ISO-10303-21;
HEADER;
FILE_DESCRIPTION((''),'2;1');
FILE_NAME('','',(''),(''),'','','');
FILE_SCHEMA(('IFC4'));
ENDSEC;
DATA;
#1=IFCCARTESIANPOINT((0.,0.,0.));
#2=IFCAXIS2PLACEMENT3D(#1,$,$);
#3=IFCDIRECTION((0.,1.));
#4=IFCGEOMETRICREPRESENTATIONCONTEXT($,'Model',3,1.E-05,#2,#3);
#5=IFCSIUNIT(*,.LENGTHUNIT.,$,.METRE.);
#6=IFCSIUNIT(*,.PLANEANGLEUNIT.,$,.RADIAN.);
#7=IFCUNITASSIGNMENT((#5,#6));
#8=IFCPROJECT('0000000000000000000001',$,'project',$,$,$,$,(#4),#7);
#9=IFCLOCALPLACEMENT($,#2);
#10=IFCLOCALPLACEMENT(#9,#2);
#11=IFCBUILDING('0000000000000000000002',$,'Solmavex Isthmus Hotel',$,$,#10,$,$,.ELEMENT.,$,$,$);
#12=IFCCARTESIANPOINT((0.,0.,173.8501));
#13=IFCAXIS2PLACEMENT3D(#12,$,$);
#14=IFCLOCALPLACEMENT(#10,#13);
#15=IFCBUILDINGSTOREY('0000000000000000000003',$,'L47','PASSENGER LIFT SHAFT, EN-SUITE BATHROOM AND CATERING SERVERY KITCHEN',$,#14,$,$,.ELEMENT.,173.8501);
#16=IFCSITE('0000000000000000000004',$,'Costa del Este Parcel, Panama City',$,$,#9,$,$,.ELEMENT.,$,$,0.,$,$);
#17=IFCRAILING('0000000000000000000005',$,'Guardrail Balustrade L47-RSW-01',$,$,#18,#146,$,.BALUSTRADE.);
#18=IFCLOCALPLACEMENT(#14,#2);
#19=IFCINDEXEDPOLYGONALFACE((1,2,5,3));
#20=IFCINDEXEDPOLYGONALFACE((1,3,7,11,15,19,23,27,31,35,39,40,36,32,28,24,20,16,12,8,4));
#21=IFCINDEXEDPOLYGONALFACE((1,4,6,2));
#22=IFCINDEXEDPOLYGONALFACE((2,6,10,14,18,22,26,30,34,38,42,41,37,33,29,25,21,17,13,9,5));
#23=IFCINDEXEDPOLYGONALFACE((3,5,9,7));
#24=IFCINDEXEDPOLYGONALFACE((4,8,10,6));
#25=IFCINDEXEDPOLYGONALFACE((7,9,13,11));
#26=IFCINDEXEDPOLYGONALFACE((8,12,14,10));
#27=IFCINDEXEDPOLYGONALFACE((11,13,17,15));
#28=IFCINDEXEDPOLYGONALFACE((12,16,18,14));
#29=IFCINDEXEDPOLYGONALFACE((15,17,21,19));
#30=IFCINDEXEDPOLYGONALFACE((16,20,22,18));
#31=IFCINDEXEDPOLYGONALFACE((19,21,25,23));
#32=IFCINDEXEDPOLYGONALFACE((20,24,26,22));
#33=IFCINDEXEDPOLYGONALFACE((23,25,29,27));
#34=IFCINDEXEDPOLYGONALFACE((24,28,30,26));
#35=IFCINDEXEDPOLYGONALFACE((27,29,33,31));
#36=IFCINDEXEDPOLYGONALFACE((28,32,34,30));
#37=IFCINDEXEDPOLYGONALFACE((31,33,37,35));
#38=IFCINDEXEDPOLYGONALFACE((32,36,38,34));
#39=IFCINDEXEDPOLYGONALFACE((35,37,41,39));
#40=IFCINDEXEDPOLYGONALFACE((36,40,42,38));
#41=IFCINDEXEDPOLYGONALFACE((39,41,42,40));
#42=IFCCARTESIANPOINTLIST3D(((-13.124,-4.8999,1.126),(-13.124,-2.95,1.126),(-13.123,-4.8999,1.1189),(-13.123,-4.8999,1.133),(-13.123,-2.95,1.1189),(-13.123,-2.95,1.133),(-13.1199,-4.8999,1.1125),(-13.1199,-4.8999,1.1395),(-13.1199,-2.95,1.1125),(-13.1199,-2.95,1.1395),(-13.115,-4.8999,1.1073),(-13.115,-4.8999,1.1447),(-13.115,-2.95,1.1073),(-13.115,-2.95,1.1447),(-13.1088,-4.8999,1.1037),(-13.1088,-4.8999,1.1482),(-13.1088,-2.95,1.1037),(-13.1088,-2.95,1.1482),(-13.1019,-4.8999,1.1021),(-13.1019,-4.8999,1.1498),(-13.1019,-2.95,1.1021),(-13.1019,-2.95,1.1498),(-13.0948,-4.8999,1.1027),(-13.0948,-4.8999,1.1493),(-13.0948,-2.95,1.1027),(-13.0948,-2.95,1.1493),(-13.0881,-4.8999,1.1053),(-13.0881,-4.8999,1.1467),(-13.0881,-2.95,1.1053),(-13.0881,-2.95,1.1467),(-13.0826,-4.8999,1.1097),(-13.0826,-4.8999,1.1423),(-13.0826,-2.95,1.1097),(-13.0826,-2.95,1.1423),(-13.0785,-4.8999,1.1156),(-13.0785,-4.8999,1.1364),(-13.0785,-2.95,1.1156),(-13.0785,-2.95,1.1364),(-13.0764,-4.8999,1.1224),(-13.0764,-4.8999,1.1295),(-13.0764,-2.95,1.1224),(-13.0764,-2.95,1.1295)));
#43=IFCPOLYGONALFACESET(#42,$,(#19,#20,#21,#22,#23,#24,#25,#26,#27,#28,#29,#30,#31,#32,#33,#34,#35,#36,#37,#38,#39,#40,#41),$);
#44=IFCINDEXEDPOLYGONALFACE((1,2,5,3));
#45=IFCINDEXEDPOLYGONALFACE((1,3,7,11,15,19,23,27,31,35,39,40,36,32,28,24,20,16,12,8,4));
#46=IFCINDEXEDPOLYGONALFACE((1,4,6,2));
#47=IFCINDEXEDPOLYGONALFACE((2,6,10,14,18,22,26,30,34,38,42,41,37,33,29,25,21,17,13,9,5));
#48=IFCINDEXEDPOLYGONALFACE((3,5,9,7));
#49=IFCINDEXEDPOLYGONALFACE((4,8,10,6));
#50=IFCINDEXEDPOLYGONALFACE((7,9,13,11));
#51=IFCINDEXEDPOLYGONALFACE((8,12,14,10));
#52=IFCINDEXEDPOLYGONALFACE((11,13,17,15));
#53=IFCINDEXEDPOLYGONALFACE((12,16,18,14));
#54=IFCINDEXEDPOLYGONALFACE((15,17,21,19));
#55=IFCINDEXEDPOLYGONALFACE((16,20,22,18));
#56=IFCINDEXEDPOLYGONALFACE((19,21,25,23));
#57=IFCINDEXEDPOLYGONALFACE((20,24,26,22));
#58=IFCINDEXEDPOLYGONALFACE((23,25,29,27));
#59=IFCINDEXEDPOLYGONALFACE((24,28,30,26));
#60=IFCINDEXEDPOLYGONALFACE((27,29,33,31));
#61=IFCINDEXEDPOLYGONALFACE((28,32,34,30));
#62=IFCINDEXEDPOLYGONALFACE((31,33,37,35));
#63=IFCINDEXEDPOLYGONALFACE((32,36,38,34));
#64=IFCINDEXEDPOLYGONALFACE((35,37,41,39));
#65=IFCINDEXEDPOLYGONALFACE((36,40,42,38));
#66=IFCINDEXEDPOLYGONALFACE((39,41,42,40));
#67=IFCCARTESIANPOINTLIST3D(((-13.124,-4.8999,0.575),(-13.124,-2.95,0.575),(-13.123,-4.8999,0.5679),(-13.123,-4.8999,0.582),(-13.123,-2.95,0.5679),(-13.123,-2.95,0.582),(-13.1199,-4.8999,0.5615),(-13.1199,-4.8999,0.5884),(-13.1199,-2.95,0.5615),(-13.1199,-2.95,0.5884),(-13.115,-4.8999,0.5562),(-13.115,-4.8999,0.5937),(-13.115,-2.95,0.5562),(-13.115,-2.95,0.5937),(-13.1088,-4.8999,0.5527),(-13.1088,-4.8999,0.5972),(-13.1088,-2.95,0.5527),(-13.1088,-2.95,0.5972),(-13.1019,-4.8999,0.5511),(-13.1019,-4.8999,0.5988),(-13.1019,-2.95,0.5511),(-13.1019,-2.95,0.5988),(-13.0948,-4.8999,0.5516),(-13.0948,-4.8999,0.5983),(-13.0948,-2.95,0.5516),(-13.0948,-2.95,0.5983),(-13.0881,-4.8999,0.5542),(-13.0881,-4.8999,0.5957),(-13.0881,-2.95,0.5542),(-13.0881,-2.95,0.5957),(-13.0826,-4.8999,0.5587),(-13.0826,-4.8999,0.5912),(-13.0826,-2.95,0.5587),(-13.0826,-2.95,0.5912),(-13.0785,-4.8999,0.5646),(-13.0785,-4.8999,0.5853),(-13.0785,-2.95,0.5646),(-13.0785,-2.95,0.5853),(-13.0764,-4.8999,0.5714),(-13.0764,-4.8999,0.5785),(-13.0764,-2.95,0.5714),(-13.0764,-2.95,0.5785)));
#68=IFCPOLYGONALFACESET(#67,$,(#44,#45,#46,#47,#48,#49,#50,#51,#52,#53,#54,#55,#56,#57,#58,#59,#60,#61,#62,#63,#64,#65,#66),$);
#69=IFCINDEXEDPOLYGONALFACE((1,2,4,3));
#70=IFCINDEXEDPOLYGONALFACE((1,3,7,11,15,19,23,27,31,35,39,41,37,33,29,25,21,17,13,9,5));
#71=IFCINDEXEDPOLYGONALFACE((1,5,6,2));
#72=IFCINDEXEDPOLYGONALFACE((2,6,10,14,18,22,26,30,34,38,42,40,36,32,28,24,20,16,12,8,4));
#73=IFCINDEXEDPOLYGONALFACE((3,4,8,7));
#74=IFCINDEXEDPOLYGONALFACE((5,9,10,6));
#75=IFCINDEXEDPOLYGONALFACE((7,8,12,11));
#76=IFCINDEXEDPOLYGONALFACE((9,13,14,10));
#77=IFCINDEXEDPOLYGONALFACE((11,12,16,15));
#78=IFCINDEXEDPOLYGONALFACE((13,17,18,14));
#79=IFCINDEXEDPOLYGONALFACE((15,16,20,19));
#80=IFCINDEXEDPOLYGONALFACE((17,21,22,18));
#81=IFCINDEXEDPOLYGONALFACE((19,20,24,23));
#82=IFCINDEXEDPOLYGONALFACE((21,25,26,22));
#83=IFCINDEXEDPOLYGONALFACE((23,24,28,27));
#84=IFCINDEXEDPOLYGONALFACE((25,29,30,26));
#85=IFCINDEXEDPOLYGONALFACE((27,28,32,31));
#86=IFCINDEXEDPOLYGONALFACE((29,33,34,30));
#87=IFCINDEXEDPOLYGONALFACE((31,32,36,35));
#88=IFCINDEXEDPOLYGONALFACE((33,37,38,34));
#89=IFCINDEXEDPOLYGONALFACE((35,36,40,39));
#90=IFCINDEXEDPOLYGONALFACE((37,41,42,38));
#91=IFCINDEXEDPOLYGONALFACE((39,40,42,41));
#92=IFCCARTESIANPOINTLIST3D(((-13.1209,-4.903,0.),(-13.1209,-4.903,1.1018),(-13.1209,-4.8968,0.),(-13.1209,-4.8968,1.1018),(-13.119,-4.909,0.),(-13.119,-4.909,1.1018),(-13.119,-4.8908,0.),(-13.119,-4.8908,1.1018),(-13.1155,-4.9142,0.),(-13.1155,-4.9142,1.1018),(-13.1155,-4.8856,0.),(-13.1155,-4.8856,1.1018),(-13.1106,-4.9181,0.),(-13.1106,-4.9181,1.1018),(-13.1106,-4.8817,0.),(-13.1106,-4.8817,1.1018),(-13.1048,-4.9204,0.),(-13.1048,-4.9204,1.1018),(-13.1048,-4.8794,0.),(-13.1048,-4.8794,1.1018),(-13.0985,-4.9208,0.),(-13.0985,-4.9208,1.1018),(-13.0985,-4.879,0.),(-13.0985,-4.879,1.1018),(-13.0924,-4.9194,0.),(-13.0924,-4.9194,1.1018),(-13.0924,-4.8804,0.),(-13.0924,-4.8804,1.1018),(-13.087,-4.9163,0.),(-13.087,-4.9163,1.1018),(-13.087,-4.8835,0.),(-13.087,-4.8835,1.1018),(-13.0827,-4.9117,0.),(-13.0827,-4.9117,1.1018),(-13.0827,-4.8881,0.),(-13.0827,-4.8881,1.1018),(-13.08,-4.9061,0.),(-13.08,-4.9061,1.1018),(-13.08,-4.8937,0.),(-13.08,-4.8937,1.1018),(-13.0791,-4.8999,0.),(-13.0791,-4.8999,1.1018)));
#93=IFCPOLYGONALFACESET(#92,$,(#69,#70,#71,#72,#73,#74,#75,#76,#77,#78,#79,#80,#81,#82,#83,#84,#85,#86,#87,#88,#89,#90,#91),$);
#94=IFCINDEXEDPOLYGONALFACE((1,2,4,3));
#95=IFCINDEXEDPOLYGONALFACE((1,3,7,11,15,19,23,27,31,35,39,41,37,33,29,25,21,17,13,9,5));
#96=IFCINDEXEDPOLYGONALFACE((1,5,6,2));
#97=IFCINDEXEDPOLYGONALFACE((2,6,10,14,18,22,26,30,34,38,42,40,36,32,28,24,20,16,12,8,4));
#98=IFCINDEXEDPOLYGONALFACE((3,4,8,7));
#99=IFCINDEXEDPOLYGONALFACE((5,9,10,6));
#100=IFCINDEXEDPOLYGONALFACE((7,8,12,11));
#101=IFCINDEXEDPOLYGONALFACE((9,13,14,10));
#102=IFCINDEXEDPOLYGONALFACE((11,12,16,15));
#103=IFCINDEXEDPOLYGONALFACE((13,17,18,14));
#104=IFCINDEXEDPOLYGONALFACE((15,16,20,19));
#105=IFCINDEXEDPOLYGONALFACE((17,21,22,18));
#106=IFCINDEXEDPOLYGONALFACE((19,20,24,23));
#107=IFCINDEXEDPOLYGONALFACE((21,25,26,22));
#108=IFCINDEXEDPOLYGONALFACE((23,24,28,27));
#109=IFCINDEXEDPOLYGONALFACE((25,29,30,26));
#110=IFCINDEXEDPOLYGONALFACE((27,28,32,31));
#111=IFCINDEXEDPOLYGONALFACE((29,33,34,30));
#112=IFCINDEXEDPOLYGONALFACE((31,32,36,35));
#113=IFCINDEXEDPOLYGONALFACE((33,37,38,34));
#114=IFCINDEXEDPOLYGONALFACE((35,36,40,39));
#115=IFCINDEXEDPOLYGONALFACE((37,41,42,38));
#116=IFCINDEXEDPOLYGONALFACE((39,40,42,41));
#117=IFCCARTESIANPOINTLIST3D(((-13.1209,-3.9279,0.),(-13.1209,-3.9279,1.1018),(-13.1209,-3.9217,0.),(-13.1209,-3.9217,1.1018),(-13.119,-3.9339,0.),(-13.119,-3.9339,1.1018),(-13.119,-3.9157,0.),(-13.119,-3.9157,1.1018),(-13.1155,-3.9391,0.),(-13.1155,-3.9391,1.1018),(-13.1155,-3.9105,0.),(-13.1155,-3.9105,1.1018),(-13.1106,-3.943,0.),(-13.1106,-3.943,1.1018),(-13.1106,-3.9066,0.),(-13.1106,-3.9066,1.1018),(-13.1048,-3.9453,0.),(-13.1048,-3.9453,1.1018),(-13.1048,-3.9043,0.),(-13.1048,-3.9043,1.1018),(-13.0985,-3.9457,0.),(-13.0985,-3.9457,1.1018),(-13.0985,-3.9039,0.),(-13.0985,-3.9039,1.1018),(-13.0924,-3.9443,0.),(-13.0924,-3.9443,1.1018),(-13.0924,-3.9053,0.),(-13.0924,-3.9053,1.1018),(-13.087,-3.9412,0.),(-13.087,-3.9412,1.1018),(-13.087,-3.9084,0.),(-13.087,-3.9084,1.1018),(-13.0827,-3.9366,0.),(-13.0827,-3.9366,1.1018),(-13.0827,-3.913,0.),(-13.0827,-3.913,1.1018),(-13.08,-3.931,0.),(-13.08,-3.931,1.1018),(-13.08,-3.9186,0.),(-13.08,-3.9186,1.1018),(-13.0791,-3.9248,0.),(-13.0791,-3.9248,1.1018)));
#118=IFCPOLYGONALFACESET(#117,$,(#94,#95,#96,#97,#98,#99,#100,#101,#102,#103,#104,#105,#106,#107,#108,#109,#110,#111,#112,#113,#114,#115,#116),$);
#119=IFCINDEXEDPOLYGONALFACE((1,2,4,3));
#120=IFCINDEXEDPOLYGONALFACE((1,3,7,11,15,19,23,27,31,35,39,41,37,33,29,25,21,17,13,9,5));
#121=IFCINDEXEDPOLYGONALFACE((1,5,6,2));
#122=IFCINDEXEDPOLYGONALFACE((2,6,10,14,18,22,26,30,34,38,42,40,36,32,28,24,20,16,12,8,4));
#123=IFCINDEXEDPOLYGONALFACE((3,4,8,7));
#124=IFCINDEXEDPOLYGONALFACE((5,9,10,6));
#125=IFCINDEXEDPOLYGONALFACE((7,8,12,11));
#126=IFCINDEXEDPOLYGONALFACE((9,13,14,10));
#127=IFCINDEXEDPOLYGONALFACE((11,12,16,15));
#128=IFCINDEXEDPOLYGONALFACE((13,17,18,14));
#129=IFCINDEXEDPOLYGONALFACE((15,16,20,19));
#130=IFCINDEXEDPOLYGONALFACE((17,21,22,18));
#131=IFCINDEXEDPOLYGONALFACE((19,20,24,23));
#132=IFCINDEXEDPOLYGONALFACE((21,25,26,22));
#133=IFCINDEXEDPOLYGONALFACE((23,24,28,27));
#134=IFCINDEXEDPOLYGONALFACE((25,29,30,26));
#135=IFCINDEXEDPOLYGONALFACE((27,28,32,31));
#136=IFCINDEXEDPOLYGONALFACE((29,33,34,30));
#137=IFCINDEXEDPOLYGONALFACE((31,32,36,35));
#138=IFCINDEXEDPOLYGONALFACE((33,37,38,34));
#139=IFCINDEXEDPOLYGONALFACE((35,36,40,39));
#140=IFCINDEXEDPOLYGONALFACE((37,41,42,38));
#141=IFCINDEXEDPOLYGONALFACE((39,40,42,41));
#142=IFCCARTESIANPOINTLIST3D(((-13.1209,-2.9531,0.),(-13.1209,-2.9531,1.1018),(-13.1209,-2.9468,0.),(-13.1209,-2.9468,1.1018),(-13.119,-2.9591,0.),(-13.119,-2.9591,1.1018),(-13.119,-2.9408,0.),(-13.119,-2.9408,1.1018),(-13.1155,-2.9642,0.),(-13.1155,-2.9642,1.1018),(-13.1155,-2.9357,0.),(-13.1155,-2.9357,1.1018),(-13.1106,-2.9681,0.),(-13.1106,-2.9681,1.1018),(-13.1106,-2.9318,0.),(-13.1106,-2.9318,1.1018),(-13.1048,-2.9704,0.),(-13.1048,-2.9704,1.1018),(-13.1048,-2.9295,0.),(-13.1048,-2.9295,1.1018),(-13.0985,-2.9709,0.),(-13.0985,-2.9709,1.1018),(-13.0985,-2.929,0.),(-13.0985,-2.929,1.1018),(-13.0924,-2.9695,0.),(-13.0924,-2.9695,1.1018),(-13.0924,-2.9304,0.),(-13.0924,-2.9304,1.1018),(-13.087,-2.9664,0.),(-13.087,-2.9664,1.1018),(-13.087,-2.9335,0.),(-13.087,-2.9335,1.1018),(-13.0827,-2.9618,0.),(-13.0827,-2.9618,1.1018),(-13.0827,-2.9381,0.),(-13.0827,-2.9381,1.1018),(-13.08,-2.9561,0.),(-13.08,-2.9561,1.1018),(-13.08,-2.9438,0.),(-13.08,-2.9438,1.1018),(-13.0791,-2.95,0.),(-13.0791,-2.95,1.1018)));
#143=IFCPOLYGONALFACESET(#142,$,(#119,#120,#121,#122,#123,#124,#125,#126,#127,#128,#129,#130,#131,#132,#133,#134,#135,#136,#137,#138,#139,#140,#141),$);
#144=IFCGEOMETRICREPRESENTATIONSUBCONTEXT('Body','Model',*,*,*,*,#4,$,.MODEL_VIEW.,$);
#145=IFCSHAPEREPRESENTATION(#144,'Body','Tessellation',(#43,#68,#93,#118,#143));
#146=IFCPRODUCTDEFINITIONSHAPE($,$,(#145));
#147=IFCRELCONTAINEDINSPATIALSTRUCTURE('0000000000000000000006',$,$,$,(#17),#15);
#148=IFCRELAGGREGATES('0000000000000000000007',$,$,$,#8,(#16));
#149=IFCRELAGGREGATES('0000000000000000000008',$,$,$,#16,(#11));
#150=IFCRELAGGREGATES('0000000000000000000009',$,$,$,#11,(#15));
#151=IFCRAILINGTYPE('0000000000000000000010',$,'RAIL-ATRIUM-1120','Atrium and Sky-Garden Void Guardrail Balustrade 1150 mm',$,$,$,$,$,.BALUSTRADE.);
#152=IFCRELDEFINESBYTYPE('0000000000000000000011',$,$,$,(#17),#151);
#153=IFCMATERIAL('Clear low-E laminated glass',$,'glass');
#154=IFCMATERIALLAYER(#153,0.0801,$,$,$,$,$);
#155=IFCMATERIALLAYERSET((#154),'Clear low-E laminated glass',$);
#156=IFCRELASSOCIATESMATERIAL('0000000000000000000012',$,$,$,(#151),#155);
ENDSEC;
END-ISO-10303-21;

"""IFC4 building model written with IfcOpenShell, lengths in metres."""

from ifc_helpers import new_model, si_unit, direction, frame, origin, origin_2d, place, context, subcontext, project, spatial, circle, extrude, material, layer, layer_set, type_object, element, save


model = new_model("IFC4")

# Units and contexts
model_context = context("Model", 3, precision=1e-05, world=origin(), true_north=direction((0.0, 1.0)))
body_context = subcontext(model_context, "Body", "Model", "MODEL_VIEW")
ifc_project = project(units=[si_unit("LENGTHUNIT", "METRE"), si_unit("PLANEANGLEUNIT", "RADIAN")], contexts=[model_context])

# Site, building, storey
site_placement = place(None, origin())
site = spatial("IfcSite", under=ifc_project, at=site_placement, Name="Costa del Este Parcel, Panama City", CompositionType="ELEMENT", RefElevation=0.0)
building_placement = place(site_placement, origin())
building = spatial("IfcBuilding", under=site, at=building_placement, Name="Solmavex Isthmus Hotel", CompositionType="ELEMENT")
storey_placement = place(building_placement, frame((0.0, 0.0, 173.8501)))
storey = spatial("IfcBuildingStorey", under=building, at=storey_placement, Name="L47", Description="PASSENGER LIFT SHAFT, EN-SUITE BATHROOM AND CATERING SERVERY KITCHEN", CompositionType="ELEMENT", Elevation=173.8501)

# Shared definitions
ifc_material_1 = material(Name="Clear low-E laminated glass", Category="glass")

# Railing
ifc_layer_1 = layer(ifc_material_1, 0.0801)
ifc_layer_set_1 = layer_set([ifc_layer_1], Name="Clear low-E laminated glass")
railing_type_1 = type_object("IfcRailingType", Name="RAIL-ATRIUM-1120", Description="Atrium and Sky-Garden Void Guardrail Balustrade 1150 mm", PredefinedType="BALUSTRADE", material=ifc_layer_set_1)
railing_1_placement = place(storey_placement, frame((-13.1001, -4.8999, 0.0)))
element("IfcRailing", 1, at=railing_1_placement, inside=storey, type_object=railing_type_1, Name="Guardrail Balustrade L47-RSW-01", PredefinedType="BALUSTRADE", context=body_context, shape_type="SweptSolid", body=[
    extrude(circle(Radius=0.0239, at=origin_2d()), frame((0.0, 0.0, 1.126), z_axis=(0.0, 1.0, 0.0), x_axis=(-1.0, 0.0, 0.0)), (0.0, 0.0, 1.0), 1.95),
    extrude(circle(Radius=0.0239, at=origin_2d()), frame((0.0, 0.0, 0.575), z_axis=(0.0, 1.0, 0.0), x_axis=(-1.0, 0.0, 0.0)), (0.0, 0.0, 1.0), 1.95),
    extrude(circle(Radius=0.021, at=origin_2d()), origin(), (0.0, 0.0, 1.0), 1.1018),
    extrude(circle(Radius=0.021, at=origin_2d()), frame((0.0, 0.9751, 0.0)), (0.0, 0.0, 1.0), 1.1018),
    extrude(circle(Radius=0.021, at=origin_2d()), frame((0.0, 1.95, 0.0)), (0.0, 0.0, 1.0), 1.1018),
])

save(model, "model.ifc")
